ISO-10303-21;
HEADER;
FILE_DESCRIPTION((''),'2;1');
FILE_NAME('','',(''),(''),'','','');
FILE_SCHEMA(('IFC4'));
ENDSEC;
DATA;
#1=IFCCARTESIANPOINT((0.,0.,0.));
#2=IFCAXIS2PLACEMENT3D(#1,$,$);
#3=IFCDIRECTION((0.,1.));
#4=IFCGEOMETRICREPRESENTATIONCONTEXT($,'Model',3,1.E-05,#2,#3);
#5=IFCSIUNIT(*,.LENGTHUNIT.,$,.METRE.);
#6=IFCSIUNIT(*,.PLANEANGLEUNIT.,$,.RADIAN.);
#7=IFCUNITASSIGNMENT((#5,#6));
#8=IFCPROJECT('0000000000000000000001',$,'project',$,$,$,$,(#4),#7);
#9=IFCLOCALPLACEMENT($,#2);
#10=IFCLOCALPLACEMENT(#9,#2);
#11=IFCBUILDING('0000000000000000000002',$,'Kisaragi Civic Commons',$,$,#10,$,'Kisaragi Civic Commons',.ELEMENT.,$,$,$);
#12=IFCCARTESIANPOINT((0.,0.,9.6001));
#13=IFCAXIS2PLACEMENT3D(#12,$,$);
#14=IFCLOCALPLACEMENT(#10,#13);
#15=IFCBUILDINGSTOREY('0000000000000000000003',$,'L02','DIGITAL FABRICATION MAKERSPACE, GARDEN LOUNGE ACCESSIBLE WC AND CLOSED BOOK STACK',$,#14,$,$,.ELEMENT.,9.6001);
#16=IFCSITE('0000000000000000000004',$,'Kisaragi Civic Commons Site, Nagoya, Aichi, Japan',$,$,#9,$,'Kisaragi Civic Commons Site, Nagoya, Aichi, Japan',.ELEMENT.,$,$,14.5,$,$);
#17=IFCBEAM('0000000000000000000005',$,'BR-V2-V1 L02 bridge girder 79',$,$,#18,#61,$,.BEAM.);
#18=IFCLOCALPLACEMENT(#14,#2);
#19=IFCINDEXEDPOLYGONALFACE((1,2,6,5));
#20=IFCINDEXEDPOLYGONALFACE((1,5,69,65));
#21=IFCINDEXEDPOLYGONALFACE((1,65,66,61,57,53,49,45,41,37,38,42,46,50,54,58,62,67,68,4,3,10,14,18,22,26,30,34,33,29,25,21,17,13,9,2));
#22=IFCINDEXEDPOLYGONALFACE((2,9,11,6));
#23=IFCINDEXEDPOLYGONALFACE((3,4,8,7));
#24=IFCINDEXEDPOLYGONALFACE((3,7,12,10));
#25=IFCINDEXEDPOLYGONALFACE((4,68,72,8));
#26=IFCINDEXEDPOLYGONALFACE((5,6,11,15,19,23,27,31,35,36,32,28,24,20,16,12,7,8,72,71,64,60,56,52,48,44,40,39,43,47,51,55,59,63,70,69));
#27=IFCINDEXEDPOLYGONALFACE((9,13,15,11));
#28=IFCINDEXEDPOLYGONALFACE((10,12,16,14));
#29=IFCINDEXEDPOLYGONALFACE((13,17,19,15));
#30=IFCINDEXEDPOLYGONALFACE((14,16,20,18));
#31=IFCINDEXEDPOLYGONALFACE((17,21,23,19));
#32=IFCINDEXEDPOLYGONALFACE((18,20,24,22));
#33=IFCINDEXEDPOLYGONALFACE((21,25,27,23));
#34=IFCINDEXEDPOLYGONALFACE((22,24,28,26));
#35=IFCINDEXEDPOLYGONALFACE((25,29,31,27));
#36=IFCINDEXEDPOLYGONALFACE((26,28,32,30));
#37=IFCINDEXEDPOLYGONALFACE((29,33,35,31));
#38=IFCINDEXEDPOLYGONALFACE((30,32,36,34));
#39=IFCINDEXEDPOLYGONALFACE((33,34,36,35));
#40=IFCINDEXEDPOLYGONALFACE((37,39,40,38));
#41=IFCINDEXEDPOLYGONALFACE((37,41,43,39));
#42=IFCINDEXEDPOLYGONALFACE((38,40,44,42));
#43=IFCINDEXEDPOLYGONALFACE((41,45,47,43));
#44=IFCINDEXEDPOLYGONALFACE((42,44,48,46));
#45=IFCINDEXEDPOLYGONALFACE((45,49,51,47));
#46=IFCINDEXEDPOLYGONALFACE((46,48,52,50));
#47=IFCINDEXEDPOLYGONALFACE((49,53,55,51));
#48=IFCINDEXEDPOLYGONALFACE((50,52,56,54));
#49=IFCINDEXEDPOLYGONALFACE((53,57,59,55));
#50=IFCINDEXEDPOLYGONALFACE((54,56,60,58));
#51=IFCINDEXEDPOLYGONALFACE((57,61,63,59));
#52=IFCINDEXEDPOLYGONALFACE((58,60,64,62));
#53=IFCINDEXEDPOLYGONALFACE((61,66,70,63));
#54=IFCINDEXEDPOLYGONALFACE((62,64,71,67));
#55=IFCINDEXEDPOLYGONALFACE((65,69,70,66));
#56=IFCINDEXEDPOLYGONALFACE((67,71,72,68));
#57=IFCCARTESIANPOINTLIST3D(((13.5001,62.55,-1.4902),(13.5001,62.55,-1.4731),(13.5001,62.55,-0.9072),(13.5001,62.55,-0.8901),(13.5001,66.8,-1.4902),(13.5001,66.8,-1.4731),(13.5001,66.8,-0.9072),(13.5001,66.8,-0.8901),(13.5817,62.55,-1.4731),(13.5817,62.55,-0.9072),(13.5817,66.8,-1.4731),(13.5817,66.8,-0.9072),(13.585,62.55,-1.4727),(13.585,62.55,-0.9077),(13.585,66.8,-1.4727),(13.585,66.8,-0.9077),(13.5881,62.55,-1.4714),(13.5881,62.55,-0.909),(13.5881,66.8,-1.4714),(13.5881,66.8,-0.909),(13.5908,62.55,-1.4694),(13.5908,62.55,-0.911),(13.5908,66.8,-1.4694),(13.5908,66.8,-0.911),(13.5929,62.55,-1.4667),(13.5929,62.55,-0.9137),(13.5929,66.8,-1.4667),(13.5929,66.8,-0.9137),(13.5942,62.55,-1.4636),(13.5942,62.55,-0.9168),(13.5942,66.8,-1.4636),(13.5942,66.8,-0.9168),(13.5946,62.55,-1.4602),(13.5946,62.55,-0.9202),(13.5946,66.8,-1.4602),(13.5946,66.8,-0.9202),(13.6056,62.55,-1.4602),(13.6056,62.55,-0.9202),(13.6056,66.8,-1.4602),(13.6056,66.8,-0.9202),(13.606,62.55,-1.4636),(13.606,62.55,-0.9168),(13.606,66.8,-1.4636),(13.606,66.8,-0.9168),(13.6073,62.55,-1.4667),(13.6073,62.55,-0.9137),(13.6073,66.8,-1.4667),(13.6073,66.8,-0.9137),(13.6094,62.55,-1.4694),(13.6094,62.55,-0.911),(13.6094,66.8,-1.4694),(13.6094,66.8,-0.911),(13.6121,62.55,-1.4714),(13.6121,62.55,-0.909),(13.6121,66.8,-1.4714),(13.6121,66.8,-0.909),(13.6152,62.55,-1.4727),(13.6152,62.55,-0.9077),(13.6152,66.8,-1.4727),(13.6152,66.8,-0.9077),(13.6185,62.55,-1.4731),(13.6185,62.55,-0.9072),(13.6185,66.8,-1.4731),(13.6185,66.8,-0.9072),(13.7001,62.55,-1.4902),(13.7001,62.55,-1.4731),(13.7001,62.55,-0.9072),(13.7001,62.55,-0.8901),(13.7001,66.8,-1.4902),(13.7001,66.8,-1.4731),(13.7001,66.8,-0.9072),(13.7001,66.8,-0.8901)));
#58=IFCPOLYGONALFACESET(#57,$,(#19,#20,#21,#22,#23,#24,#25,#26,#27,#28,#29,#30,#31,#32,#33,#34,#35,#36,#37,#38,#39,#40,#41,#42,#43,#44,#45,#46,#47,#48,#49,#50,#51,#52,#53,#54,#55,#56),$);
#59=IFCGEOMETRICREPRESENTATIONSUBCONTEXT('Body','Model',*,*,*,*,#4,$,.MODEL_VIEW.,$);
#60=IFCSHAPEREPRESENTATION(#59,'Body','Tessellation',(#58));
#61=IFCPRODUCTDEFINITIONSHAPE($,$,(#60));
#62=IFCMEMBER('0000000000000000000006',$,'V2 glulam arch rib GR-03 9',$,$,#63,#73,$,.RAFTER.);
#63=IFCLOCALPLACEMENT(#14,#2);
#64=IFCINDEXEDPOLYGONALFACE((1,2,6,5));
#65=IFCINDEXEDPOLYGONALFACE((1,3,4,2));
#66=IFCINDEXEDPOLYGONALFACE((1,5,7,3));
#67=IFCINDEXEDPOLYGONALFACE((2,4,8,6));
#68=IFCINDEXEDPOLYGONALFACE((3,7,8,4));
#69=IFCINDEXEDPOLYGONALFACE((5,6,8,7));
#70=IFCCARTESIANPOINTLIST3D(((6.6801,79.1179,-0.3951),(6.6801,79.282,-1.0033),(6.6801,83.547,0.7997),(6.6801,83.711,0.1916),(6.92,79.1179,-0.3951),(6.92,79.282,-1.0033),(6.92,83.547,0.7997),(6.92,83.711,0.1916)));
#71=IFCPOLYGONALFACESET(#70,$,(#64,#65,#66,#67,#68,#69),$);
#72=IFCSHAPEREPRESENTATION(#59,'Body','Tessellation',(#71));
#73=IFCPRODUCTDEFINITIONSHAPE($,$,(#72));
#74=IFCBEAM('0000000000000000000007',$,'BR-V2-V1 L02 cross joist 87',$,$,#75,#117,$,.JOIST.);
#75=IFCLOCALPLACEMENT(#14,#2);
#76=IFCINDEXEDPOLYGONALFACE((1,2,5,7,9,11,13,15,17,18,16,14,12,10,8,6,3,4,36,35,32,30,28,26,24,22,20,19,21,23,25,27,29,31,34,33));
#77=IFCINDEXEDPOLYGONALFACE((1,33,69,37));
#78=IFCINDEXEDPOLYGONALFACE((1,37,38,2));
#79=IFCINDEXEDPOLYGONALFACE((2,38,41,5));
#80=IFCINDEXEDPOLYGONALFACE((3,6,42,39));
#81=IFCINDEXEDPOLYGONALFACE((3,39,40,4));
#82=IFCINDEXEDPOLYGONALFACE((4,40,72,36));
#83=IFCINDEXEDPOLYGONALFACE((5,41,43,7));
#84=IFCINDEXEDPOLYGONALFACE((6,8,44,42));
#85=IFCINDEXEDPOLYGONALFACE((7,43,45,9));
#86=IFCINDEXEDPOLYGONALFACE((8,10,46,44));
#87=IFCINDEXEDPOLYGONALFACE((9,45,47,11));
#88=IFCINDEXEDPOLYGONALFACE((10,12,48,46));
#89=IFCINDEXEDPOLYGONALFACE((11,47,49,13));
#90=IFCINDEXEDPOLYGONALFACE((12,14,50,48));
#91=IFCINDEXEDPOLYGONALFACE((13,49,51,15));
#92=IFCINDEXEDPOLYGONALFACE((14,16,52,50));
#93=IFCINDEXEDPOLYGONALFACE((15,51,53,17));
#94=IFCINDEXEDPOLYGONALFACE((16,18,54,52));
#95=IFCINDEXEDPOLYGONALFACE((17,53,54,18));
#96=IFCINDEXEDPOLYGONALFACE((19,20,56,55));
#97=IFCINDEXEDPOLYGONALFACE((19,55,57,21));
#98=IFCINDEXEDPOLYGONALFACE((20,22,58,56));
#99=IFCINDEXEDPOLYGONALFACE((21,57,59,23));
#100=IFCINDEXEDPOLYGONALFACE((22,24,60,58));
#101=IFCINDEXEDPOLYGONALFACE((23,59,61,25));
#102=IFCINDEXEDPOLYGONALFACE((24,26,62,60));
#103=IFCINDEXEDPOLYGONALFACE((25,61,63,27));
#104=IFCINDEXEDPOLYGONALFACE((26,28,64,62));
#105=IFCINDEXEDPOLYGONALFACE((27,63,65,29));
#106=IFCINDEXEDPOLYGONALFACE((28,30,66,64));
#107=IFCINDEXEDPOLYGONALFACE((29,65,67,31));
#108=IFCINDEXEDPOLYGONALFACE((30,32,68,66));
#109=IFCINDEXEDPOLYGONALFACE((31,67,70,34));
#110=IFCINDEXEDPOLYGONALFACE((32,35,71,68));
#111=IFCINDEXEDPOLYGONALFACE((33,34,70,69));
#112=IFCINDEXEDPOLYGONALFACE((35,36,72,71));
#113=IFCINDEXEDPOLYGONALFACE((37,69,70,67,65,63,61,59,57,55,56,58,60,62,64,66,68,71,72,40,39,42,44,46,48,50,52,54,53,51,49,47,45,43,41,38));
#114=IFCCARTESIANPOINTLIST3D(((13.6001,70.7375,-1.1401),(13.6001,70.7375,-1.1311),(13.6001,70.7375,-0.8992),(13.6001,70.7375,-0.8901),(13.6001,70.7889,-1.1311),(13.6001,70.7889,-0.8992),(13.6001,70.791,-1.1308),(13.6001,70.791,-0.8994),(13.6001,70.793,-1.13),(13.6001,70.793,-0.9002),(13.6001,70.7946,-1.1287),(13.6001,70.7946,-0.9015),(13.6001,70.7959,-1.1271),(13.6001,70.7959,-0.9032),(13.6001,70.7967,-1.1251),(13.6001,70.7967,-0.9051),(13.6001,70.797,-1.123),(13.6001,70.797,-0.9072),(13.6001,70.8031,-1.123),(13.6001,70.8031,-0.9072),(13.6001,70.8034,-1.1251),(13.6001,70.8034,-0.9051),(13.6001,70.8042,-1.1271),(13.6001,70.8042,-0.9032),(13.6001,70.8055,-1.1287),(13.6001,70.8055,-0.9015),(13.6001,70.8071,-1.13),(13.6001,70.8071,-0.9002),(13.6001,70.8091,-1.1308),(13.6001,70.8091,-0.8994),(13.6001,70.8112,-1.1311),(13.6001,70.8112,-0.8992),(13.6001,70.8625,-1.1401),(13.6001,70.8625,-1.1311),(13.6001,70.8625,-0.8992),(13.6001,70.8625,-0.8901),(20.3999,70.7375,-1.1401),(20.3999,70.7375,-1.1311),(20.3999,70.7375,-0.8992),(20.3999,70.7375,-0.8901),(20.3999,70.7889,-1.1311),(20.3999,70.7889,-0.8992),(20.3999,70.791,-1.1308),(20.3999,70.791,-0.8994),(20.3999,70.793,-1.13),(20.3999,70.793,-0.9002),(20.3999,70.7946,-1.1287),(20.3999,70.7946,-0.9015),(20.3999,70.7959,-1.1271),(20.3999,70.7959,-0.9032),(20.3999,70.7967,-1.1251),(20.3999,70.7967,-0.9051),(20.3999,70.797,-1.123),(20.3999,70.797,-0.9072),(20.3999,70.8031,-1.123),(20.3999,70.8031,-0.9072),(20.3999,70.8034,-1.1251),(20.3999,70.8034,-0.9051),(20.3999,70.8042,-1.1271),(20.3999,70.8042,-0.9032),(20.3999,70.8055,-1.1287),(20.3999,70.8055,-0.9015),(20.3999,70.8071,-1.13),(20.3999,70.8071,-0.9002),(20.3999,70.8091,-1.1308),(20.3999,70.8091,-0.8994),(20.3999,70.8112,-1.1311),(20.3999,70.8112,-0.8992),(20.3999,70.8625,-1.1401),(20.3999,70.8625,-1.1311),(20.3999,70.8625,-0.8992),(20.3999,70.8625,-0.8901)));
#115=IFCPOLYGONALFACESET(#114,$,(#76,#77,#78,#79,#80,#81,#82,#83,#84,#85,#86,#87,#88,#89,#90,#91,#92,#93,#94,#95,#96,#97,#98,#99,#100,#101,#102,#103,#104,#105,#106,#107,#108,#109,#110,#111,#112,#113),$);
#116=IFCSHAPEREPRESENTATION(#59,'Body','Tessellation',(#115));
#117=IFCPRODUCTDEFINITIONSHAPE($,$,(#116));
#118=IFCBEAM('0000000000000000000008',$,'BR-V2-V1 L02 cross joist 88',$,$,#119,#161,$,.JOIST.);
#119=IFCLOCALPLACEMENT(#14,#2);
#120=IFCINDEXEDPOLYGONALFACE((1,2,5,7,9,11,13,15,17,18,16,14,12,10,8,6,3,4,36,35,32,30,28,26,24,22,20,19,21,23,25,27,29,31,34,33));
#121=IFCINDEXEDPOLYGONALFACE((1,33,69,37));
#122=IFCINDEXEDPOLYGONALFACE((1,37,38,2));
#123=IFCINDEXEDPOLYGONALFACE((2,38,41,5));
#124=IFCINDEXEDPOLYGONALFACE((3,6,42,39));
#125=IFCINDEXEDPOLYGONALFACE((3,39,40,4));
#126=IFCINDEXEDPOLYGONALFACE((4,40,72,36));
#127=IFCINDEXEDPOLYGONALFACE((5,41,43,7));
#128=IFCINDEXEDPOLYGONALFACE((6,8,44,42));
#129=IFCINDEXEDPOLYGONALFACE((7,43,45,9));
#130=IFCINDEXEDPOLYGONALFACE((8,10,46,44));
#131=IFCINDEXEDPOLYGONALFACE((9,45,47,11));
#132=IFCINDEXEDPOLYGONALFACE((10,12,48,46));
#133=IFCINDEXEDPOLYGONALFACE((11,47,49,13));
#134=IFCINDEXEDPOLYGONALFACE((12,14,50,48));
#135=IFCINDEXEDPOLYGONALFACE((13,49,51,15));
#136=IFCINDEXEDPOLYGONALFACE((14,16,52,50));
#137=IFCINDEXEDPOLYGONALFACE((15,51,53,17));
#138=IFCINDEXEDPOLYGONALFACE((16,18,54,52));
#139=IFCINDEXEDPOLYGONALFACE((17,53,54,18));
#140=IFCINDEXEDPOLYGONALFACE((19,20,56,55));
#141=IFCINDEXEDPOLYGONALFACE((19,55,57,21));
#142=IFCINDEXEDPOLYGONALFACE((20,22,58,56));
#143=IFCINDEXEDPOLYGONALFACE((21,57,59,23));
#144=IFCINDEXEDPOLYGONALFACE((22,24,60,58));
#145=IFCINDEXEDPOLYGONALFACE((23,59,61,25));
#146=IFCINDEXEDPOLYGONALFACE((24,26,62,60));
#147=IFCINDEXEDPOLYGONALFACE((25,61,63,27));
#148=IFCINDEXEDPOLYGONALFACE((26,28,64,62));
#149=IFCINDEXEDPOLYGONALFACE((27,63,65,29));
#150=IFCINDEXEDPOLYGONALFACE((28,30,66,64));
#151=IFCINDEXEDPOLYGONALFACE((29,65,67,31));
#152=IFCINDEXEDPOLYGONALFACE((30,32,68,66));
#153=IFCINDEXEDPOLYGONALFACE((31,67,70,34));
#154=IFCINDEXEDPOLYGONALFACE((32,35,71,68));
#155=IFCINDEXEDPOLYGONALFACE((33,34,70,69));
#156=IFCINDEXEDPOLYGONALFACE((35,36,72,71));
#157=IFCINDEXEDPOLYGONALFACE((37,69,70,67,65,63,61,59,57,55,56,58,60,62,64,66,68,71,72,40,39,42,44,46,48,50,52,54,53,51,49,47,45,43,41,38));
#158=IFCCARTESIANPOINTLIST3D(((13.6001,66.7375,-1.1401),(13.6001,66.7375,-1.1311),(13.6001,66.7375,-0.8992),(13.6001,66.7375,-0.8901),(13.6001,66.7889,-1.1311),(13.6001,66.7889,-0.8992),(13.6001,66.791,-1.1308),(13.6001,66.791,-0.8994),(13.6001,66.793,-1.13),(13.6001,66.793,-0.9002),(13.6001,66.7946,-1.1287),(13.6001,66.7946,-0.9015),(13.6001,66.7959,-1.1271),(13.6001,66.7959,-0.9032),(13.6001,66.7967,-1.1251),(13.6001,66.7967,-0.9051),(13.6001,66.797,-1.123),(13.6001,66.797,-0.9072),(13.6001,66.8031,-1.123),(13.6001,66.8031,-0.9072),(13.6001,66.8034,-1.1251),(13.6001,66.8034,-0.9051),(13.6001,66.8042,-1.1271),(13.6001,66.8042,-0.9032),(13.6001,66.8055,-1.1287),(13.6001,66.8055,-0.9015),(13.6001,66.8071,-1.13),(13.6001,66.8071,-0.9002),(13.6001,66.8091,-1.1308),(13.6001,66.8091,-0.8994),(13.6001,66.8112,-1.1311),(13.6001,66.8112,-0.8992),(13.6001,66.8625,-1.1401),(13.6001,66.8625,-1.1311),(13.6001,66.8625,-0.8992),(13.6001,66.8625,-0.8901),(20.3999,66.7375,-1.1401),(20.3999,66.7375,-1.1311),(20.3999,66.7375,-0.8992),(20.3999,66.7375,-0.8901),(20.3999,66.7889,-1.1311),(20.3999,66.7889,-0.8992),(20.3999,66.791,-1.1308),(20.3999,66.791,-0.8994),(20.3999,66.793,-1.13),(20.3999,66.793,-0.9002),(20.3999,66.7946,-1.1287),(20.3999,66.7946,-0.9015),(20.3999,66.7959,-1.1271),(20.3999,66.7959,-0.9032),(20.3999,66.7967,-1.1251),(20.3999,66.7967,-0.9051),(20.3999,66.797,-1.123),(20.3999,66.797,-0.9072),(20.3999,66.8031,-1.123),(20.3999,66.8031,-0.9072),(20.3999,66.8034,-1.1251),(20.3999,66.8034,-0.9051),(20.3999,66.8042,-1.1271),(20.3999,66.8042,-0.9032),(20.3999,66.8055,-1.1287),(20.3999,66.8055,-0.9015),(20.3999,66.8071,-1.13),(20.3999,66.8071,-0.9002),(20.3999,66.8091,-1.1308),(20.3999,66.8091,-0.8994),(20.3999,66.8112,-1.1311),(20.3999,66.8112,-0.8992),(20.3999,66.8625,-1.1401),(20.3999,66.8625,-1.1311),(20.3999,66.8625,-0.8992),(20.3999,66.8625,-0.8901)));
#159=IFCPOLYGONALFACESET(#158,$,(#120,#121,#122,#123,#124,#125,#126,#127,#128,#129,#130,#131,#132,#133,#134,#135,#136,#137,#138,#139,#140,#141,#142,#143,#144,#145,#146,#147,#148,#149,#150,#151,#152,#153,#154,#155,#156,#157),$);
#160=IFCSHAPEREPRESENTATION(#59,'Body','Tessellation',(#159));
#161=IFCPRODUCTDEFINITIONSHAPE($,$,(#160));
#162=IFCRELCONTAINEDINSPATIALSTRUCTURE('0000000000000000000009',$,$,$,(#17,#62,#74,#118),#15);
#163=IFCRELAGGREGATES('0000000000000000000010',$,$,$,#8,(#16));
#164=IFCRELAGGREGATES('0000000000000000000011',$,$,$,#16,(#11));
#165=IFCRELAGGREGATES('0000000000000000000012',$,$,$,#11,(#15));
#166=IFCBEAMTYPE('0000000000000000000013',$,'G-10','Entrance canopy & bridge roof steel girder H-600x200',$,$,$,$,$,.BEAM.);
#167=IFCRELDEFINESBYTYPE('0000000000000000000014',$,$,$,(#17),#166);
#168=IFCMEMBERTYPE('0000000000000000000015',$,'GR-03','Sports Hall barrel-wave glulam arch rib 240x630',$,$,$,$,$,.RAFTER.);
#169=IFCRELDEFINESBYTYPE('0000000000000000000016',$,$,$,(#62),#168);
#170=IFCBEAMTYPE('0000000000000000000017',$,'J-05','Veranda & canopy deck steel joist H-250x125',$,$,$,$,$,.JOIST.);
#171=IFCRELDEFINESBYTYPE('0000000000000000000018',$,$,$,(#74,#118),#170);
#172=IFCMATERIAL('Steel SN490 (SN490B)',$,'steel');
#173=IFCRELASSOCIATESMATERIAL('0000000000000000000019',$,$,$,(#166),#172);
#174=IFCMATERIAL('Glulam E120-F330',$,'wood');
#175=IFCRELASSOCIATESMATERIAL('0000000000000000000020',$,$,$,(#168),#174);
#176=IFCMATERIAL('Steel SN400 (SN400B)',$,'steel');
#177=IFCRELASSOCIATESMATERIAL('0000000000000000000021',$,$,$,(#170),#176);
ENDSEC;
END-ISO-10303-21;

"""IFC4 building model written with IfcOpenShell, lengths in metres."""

from ifc_helpers import new_model, si_unit, direction, frame, origin, origin_2d, place, context, subcontext, project, spatial, rectangle, i_section, extrude, material, material_profile, profile_set, type_object, element, save


model = new_model("IFC4")

# Units and contexts
model_context = context("Model", 3, precision=1e-05, world=origin(), true_north=direction((0.0, 1.0)))
body_context = subcontext(model_context, "Body", "Model", "MODEL_VIEW")
ifc_project = project(units=[si_unit("LENGTHUNIT", "METRE"), si_unit("PLANEANGLEUNIT", "RADIAN")], contexts=[model_context])

# Site, building, storey
site_placement = place(None, origin())
site = spatial("IfcSite", under=ifc_project, at=site_placement, Name="Kisaragi Civic Commons Site, Nagoya, Aichi, Japan", LongName="Kisaragi Civic Commons Site, Nagoya, Aichi, Japan", CompositionType="ELEMENT", RefElevation=14.5)
building_placement = place(site_placement, origin())
building = spatial("IfcBuilding", under=site, at=building_placement, Name="Kisaragi Civic Commons", LongName="Kisaragi Civic Commons", CompositionType="ELEMENT")
storey_placement = place(building_placement, frame((0.0, 0.0, 9.6001)))
storey = spatial("IfcBuildingStorey", under=building, at=storey_placement, Name="L02", Description="DIGITAL FABRICATION MAKERSPACE, GARDEN LOUNGE ACCESSIBLE WC AND CLOSED BOOK STACK", CompositionType="ELEMENT", Elevation=9.6001)

# Beam
ifc_material_1 = material(Name="Steel SN490 (SN490B)", Category="steel")
ifc_material_profile_1 = material_profile(ifc_material_1, i_section(OverallWidth=0.2, OverallDepth=0.6001, WebThickness=0.011, FlangeThickness=0.0171, FilletRadius=0.0129, at=origin_2d()), Name="H-600x200x11x17", Category="steel")
ifc_profile_set_1 = profile_set([ifc_material_profile_1], Name="Steel SN490 (SN490B)")
beam_type_1 = type_object("IfcBeamType", Name="G-10", Description="Entrance canopy & bridge roof steel girder H-600x200", PredefinedType="BEAM", material=ifc_profile_set_1)
beam_1_placement = place(storey_placement, frame((13.6001, 66.8, -1.1902), z_axis=(0.0, -1.0, 0.0), x_axis=(1.0, 0.0, 0.0)))
element("IfcBeam", 1, at=beam_1_placement, inside=storey, type_object=beam_type_1, Name="BR-V2-V1 L02 bridge girder 79", PredefinedType="BEAM", context=body_context, shape_type="SweptSolid", body=[
    extrude(i_section(OverallWidth=0.2, OverallDepth=0.6001, WebThickness=0.011, FlangeThickness=0.0171, FilletRadius=0.0129, at=origin_2d()), origin(), (0.0, 0.0, 1.0), 4.25),
])

# Member
ifc_material_2 = material(Name="Glulam E120-F330", Category="wood")
ifc_material_profile_2 = material_profile(ifc_material_2, rectangle(XDim=0.24, YDim=0.6299, at=origin_2d()), Name="GL-240x630", Category="wood")
ifc_profile_set_2 = profile_set([ifc_material_profile_2], Name="Glulam E120-F330")
member_type_1 = type_object("IfcMemberType", Name="GR-03", Description="Sports Hall barrel-wave glulam arch rib 240x630", PredefinedType="RAFTER", material=ifc_profile_set_2)
member_1_placement = place(storey_placement, frame((6.8, 79.2, -0.6992), z_axis=(0.0, 0.965484, 0.260464), x_axis=(-1.0, 0.0, 0.0)))
element("IfcMember", 2, at=member_1_placement, inside=storey, type_object=member_type_1, Name="V2 glulam arch rib GR-03 9", PredefinedType="RAFTER", context=body_context, shape_type="SweptSolid", body=[
    extrude(rectangle(XDim=0.24, YDim=0.6299, at=origin_2d()), origin(), (0.0, 0.0, 1.0), 4.5874),
])

# Beams
ifc_material_3 = material(Name="Steel SN400 (SN400B)", Category="steel")
ifc_material_profile_3 = material_profile(ifc_material_3, i_section(OverallWidth=0.125, OverallDepth=0.25, WebThickness=0.0061, FlangeThickness=0.009, FilletRadius=0.0081, at=origin_2d()), Name="H-250x125x6x9", Category="steel")
ifc_profile_set_3 = profile_set([ifc_material_profile_3], Name="Steel SN400 (SN400B)")
beam_type_2 = type_object("IfcBeamType", Name="J-05", Description="Veranda & canopy deck steel joist H-250x125", PredefinedType="JOIST", material=ifc_profile_set_3)
for number, where, z_axis, x_axis, name in (
    (3, (13.6001, 70.8, -1.0151), (1.0, 0.0, 0.0), (0.0, 1.0, 0.0), "BR-V2-V1 L02 cross joist 87"),
    (4, (13.6001, 66.8, -1.0151), (1.0, 0.0, 0.0), (0.0, 1.0, 0.0), "BR-V2-V1 L02 cross joist 88"),
):
    element("IfcBeam", number, at=place(storey_placement, frame(where, z_axis=z_axis, x_axis=x_axis)), inside=storey, type_object=beam_type_2, Name=name, PredefinedType="JOIST", context=body_context, shape_type="SweptSolid", body=[
        extrude(i_section(OverallWidth=0.125, OverallDepth=0.25, WebThickness=0.0061, FlangeThickness=0.009, FilletRadius=0.0081, at=origin_2d()), origin(), (0.0, 0.0, 1.0), 6.7998),
    ])

save(model, "model.ifc")
